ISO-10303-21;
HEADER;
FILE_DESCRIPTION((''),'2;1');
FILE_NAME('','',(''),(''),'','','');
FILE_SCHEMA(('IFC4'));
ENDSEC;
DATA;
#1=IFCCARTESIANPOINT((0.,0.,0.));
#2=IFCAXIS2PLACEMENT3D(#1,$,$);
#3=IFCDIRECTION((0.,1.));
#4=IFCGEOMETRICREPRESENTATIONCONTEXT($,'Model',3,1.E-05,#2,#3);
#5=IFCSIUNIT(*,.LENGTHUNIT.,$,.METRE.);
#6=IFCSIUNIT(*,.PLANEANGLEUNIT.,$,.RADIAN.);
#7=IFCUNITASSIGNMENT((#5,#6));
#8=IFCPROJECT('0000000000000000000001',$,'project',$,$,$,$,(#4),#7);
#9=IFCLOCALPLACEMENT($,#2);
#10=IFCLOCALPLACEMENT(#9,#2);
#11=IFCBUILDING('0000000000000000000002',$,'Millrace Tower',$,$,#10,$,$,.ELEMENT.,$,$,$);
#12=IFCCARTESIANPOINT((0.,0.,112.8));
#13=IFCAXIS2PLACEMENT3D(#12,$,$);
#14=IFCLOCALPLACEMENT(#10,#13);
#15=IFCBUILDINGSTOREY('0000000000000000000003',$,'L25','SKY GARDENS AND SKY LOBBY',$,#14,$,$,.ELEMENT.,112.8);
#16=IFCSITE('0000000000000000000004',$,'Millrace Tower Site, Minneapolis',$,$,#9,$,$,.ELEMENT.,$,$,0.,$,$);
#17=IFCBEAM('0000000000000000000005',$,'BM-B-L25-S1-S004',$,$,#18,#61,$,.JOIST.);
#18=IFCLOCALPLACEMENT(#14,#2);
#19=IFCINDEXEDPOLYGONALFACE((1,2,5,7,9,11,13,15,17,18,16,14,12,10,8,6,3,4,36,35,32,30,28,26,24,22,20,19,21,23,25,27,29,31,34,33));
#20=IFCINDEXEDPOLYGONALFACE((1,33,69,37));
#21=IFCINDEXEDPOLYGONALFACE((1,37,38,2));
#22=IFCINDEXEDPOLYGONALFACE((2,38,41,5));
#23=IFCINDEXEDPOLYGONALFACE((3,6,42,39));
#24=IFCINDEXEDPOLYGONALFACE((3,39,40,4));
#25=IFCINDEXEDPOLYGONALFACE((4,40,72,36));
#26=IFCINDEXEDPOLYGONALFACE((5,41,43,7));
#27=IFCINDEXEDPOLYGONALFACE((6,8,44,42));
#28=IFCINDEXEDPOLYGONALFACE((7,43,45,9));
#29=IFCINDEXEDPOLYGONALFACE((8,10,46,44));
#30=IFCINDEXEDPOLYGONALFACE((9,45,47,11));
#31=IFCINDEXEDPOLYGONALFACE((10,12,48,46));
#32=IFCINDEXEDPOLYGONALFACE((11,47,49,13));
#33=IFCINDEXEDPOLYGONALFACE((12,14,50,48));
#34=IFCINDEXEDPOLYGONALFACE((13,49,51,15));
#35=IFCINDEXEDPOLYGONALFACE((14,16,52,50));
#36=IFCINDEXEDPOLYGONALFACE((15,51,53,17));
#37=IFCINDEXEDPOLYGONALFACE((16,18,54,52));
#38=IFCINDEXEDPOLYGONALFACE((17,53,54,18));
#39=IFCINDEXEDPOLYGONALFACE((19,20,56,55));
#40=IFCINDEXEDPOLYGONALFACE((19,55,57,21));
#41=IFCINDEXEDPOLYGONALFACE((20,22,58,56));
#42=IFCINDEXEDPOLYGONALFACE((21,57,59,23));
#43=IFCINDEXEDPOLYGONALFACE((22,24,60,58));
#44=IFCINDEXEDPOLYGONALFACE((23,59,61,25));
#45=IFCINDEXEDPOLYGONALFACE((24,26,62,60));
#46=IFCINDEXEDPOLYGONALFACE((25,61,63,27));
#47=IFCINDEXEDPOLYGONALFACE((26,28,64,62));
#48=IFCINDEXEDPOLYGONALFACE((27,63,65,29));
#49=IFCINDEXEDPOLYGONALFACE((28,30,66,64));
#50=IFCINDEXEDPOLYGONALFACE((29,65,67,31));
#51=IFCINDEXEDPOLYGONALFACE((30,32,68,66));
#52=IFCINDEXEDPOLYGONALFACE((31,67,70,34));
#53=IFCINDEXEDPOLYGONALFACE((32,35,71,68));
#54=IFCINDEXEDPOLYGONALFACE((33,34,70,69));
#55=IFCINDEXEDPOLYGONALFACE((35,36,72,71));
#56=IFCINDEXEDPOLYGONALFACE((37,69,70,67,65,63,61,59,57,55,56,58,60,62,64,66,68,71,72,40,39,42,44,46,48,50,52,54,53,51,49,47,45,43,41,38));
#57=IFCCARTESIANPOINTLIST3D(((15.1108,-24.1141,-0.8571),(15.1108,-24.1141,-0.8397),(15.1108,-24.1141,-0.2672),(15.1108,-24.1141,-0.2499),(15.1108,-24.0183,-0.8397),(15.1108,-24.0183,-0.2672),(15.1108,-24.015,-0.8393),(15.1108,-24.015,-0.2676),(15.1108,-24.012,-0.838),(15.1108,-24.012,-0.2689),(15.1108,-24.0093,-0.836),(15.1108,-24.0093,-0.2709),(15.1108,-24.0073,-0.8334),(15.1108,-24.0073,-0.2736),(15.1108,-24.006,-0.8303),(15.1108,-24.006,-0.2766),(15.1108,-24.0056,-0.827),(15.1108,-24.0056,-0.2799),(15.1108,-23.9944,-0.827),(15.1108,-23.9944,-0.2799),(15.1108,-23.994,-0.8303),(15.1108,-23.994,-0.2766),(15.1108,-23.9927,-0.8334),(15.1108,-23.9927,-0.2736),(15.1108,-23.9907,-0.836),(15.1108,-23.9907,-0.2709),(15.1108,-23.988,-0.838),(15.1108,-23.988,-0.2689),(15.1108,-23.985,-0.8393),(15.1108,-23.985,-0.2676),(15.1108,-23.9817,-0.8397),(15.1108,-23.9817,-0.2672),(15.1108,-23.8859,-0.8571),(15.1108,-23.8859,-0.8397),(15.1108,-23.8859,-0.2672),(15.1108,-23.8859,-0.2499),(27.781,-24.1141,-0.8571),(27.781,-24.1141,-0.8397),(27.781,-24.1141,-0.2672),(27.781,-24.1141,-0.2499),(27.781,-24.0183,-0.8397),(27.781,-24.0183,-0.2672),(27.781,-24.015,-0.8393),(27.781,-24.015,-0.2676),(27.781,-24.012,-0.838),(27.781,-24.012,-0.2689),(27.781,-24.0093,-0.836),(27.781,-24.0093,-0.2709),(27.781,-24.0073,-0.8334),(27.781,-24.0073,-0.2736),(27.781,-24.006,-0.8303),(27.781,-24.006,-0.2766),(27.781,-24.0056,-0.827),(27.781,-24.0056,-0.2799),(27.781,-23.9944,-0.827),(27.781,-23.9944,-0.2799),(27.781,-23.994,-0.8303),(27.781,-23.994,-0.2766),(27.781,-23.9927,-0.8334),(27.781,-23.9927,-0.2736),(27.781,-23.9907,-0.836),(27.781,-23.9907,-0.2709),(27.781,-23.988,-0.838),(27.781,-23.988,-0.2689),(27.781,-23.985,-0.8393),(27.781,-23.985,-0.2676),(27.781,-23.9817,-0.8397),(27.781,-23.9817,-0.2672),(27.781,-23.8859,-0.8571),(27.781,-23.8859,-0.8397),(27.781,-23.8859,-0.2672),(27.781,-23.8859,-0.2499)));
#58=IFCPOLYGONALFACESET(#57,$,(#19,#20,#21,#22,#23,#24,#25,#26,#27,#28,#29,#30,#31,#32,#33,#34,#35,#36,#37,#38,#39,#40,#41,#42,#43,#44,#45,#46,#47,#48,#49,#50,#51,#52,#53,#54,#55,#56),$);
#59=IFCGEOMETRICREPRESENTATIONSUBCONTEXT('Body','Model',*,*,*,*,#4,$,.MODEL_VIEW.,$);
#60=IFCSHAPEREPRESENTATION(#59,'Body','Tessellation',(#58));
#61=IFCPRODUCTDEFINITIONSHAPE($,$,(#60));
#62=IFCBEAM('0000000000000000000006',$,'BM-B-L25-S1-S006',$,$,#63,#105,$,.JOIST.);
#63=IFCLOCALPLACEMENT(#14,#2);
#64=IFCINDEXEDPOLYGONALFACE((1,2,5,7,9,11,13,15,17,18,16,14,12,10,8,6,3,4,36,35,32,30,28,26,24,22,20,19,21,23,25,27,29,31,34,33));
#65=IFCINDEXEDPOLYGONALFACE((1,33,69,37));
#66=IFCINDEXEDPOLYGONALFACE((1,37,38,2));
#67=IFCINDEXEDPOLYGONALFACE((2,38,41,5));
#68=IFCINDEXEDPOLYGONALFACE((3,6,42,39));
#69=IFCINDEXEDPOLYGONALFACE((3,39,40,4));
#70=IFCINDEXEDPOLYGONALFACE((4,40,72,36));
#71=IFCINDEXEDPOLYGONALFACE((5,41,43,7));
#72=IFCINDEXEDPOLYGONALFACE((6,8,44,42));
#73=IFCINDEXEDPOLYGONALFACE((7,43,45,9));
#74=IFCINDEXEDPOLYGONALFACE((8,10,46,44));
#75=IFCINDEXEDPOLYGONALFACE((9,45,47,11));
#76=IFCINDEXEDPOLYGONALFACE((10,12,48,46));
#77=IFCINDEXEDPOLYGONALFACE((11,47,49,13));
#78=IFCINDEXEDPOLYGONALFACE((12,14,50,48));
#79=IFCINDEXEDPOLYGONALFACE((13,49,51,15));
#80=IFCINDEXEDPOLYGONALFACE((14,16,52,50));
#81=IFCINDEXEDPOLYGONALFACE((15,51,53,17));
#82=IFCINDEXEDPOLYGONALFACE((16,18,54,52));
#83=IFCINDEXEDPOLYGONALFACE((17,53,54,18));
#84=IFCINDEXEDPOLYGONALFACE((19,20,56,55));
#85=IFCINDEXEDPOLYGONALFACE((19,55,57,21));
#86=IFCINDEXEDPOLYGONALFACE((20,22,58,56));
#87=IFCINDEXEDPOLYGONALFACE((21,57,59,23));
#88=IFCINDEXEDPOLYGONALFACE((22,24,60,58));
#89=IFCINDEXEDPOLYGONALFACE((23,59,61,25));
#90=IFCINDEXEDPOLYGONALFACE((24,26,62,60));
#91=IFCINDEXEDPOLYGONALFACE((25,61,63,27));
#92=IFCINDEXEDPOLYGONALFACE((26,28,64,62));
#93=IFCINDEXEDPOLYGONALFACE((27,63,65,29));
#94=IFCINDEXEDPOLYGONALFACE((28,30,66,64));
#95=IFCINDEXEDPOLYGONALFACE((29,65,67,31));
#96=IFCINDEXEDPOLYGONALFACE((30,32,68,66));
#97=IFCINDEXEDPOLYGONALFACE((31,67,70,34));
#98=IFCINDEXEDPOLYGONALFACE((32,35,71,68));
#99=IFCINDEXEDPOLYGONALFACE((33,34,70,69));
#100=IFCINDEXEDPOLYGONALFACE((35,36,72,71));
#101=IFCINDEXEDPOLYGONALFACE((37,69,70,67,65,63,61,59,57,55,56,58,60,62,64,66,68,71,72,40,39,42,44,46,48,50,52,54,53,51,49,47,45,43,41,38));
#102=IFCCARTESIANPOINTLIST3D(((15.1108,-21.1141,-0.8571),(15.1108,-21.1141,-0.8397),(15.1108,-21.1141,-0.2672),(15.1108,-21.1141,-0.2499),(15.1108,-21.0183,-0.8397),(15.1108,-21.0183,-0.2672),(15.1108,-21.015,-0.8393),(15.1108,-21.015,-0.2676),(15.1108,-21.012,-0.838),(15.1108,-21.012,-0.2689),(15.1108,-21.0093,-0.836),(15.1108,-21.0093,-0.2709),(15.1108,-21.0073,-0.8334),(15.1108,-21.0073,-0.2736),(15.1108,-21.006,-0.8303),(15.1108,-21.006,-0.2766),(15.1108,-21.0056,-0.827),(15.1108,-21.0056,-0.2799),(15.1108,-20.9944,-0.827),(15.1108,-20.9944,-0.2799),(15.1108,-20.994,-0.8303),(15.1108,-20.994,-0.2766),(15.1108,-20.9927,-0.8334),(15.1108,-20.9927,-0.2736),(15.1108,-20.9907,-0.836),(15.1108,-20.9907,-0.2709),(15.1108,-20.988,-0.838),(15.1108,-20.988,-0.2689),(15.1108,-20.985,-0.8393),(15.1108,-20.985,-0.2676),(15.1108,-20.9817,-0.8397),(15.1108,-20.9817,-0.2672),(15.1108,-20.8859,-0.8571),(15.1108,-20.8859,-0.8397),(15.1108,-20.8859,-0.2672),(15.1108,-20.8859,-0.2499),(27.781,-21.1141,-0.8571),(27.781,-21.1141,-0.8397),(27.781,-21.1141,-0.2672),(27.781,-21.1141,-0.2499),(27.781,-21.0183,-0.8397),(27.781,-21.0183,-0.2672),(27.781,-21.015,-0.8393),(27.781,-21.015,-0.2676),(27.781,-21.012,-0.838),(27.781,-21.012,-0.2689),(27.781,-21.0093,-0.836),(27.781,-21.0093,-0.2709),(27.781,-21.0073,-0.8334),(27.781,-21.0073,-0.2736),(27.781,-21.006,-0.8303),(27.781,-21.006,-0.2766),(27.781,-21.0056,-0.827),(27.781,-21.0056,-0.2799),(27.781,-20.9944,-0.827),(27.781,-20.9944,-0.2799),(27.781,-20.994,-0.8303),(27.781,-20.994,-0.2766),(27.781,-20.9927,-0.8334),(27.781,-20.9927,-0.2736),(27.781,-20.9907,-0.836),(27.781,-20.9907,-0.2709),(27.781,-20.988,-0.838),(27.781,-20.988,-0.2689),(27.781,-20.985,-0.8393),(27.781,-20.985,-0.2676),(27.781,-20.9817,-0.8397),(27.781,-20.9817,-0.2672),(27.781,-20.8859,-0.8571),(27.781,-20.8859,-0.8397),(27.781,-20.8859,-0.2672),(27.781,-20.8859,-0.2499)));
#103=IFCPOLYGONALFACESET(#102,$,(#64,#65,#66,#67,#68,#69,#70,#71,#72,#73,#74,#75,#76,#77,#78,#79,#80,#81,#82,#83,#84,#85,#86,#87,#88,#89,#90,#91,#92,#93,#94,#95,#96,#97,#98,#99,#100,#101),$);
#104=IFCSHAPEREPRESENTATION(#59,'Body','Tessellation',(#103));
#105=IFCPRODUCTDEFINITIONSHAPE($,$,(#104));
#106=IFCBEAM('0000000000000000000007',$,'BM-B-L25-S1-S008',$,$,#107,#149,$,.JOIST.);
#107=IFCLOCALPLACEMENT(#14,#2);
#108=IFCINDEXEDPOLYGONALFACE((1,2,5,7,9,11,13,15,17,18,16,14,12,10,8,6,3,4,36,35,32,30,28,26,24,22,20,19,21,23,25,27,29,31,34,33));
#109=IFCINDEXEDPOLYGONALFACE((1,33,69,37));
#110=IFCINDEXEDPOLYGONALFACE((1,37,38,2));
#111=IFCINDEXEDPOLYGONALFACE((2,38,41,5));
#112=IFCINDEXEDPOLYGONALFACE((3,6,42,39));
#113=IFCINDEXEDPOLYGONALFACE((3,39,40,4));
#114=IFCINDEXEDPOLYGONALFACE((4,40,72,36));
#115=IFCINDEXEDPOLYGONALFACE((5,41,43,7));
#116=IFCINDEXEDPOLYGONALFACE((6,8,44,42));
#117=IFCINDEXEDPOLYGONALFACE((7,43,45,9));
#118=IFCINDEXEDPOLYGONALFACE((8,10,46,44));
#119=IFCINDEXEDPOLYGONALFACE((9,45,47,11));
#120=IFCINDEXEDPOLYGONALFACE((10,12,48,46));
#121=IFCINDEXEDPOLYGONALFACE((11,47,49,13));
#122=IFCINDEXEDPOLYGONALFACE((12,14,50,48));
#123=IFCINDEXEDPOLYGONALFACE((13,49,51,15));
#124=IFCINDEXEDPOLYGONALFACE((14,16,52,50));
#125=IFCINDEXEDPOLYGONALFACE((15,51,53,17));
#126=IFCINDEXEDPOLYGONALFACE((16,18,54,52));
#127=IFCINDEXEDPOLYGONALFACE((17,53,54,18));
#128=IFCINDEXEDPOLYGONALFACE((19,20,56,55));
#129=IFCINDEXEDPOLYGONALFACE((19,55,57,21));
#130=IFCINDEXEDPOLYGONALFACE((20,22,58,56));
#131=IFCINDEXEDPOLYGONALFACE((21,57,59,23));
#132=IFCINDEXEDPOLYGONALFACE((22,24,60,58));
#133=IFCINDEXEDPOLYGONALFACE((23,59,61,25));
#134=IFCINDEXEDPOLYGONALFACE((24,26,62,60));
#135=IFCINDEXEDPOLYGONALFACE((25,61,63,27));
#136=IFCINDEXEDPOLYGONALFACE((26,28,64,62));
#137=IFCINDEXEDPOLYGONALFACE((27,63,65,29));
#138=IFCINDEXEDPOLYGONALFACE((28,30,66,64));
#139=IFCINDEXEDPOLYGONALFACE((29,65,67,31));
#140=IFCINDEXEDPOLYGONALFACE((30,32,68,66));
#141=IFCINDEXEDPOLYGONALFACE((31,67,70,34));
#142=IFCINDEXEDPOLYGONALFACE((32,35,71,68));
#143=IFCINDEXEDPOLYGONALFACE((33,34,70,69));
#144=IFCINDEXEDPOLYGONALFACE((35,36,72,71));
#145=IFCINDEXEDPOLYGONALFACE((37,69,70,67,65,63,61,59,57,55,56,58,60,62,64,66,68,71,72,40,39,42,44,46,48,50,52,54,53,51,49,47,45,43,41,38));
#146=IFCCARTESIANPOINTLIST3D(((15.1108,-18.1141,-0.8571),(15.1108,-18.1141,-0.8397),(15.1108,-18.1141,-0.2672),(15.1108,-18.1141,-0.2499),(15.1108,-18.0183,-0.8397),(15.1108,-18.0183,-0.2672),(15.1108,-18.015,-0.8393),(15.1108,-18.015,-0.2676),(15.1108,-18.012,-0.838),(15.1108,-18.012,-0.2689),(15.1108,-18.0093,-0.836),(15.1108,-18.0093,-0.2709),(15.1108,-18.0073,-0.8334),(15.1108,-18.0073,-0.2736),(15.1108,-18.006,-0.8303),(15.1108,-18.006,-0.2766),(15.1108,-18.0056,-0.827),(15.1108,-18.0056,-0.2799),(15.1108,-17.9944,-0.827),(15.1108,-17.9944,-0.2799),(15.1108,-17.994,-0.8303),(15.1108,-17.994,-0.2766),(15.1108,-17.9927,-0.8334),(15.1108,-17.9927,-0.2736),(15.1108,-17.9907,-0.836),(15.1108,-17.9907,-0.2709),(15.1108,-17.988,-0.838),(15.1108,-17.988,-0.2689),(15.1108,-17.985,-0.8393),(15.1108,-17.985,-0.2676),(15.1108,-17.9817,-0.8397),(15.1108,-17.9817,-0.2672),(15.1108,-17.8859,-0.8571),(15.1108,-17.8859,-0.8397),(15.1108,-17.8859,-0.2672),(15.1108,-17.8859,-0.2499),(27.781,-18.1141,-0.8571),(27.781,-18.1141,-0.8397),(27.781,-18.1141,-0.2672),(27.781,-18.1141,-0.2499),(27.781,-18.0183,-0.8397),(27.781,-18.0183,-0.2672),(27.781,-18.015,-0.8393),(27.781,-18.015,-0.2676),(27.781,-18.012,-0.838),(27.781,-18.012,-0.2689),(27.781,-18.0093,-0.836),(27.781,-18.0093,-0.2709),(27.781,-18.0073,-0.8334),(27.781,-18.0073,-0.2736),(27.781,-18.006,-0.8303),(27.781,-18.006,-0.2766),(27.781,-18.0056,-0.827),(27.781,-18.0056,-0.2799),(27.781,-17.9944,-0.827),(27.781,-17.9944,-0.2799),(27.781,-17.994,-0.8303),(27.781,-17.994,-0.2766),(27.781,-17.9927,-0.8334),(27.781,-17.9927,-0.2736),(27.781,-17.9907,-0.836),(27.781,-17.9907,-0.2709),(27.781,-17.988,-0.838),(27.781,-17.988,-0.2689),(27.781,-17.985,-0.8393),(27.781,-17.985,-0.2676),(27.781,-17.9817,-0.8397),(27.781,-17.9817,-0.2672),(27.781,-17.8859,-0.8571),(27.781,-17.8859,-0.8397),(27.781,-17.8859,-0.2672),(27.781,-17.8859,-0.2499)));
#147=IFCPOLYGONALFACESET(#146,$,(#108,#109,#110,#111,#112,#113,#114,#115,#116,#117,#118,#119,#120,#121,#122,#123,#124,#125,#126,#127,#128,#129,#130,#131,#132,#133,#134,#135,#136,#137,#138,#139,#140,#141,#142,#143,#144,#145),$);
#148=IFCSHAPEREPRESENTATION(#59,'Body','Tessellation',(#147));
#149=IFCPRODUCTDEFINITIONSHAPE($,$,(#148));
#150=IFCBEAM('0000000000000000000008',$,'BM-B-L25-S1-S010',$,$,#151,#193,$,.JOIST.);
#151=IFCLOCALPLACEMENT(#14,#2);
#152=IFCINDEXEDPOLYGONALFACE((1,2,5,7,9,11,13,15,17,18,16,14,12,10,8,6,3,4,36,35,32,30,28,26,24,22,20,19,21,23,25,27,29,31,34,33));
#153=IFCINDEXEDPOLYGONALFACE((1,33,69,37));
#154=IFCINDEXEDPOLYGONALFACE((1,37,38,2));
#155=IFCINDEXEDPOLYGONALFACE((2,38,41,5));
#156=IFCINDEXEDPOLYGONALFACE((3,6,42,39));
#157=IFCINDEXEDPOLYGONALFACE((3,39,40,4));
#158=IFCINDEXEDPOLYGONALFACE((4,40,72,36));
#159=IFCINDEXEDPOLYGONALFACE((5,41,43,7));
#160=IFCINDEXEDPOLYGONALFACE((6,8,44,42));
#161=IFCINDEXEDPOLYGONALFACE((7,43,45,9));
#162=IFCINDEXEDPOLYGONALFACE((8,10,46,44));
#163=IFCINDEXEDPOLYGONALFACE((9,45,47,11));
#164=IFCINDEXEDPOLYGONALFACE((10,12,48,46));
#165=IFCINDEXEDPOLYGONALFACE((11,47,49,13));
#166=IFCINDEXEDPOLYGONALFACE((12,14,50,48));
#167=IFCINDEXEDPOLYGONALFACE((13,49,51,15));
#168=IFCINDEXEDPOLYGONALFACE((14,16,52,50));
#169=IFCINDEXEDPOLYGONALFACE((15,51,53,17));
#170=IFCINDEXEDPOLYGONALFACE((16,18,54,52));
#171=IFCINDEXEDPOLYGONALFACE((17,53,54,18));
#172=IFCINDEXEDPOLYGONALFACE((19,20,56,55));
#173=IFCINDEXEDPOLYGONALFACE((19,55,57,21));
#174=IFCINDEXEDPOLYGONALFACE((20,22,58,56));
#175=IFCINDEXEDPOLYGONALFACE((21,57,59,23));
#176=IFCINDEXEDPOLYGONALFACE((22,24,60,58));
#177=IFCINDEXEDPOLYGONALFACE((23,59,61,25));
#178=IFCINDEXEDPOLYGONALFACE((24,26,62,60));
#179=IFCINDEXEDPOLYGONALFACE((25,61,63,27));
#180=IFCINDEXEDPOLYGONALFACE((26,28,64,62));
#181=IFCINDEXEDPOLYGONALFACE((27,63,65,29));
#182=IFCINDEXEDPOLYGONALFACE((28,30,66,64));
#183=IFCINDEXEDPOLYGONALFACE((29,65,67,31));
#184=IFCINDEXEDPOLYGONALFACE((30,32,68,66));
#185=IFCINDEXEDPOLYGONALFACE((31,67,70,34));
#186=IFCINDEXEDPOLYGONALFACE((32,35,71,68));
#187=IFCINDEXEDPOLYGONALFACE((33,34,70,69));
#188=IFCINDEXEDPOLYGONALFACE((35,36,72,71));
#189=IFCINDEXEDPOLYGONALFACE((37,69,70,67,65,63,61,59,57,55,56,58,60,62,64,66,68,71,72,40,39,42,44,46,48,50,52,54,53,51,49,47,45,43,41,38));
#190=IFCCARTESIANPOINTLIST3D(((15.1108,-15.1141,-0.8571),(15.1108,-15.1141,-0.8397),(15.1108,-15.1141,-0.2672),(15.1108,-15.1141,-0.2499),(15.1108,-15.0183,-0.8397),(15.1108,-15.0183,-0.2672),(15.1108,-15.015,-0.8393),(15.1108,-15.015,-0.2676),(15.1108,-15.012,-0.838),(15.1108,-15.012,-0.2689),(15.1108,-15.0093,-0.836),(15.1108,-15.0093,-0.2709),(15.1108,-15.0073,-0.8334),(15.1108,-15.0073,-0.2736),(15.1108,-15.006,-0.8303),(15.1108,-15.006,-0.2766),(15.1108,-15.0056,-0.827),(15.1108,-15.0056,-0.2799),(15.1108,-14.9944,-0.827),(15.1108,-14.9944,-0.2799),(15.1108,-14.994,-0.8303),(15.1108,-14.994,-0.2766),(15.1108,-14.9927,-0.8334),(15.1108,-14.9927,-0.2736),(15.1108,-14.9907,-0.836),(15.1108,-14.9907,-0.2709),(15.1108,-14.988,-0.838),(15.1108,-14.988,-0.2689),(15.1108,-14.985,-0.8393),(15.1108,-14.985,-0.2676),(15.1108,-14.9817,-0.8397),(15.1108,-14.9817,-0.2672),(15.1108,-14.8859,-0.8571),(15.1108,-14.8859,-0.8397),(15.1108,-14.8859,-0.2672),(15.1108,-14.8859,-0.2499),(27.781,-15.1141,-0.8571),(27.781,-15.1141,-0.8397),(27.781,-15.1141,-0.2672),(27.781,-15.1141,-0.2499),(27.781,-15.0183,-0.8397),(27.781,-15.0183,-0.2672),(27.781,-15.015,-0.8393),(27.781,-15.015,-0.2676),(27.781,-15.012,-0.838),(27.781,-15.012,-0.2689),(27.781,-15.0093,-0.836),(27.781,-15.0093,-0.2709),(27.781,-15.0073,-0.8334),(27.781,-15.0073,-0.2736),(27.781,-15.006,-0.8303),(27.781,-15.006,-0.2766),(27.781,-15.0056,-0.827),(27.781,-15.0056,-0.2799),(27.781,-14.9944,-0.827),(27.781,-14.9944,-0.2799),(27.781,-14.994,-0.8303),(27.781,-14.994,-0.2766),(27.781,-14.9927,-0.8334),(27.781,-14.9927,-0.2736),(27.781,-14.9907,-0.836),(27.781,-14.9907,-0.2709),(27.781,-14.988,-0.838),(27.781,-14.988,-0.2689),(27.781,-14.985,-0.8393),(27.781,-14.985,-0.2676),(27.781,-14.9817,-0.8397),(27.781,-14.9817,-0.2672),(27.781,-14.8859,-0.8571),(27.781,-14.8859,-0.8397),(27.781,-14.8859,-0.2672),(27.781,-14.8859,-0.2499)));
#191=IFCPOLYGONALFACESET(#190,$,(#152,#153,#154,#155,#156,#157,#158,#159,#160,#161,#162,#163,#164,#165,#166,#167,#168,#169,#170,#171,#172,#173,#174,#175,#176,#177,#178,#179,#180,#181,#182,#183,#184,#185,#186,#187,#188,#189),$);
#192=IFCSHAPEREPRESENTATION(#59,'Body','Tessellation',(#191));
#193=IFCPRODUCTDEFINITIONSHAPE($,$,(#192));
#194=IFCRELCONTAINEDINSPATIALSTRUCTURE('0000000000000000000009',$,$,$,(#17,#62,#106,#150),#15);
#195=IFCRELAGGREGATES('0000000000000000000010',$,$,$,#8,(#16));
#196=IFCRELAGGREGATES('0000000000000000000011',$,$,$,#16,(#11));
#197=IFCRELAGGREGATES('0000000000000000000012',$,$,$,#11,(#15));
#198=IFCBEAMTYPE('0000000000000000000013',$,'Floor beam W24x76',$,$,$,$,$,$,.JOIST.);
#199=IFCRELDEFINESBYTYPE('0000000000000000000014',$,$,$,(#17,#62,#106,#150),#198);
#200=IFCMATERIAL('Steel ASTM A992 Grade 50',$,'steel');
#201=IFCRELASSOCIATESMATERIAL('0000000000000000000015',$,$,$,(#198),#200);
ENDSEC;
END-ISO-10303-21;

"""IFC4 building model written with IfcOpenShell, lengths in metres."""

from ifc_helpers import new_model, si_unit, direction, frame, origin, origin_2d, place, context, subcontext, project, spatial, i_section, extrude, material, material_profile, profile_set, type_object, element, save


model = new_model("IFC4")

# Units and contexts
model_context = context("Model", 3, precision=1e-05, world=origin(), true_north=direction((0.0, 1.0)))
body_context = subcontext(model_context, "Body", "Model", "MODEL_VIEW")
ifc_project = project(units=[si_unit("LENGTHUNIT", "METRE"), si_unit("PLANEANGLEUNIT", "RADIAN")], contexts=[model_context])

# Site, building, storey
site_placement = place(None, origin())
site = spatial("IfcSite", under=ifc_project, at=site_placement, Name="Millrace Tower Site, Minneapolis", CompositionType="ELEMENT", RefElevation=0.0)
building_placement = place(site_placement, origin())
building = spatial("IfcBuilding", under=site, at=building_placement, Name="Millrace Tower", CompositionType="ELEMENT")
storey_placement = place(building_placement, frame((0.0, 0.0, 112.8)))
storey = spatial("IfcBuildingStorey", under=building, at=storey_placement, Name="L25", Description="SKY GARDENS AND SKY LOBBY", CompositionType="ELEMENT", Elevation=112.8)

# Beams
ifc_material_1 = material(Name="Steel ASTM A992 Grade 50", Category="steel")
ifc_material_profile_1 = material_profile(ifc_material_1, i_section(OverallWidth=0.2283, OverallDepth=0.6072, WebThickness=0.0112, FlangeThickness=0.0173, FilletRadius=0.0127, at=origin_2d()))
ifc_profile_set_1 = profile_set([ifc_material_profile_1], Name="Steel ASTM A992 Grade 50")
beam_type_1 = type_object("IfcBeamType", Name="Floor beam W24x76", PredefinedType="JOIST", material=ifc_profile_set_1)
for number, where, z_axis, x_axis, name in (
    (1, (15.1108, -24.0, -0.5535), (1.0, 0.0, 0.0), (0.0, 1.0, 0.0), "BM-B-L25-S1-S004"),
    (2, (15.1108, -21.0, -0.5535), (1.0, 0.0, 0.0), (0.0, 1.0, 0.0), "BM-B-L25-S1-S006"),
    (3, (15.1108, -18.0, -0.5535), (1.0, 0.0, 0.0), (0.0, 1.0, 0.0), "BM-B-L25-S1-S008"),
    (4, (15.1108, -15.0, -0.5535), (1.0, 0.0, 0.0), (0.0, 1.0, 0.0), "BM-B-L25-S1-S010"),
):
    element("IfcBeam", number, at=place(storey_placement, frame(where, z_axis=z_axis, x_axis=x_axis)), inside=storey, type_object=beam_type_1, Name=name, PredefinedType="JOIST", context=body_context, shape_type="SweptSolid", body=[
        extrude(i_section(OverallWidth=0.2283, OverallDepth=0.6072, WebThickness=0.0112, FlangeThickness=0.0173, FilletRadius=0.0127, at=origin_2d()), origin(), (0.0, 0.0, 1.0), 12.6702),
    ])

save(model, "model.ifc")
